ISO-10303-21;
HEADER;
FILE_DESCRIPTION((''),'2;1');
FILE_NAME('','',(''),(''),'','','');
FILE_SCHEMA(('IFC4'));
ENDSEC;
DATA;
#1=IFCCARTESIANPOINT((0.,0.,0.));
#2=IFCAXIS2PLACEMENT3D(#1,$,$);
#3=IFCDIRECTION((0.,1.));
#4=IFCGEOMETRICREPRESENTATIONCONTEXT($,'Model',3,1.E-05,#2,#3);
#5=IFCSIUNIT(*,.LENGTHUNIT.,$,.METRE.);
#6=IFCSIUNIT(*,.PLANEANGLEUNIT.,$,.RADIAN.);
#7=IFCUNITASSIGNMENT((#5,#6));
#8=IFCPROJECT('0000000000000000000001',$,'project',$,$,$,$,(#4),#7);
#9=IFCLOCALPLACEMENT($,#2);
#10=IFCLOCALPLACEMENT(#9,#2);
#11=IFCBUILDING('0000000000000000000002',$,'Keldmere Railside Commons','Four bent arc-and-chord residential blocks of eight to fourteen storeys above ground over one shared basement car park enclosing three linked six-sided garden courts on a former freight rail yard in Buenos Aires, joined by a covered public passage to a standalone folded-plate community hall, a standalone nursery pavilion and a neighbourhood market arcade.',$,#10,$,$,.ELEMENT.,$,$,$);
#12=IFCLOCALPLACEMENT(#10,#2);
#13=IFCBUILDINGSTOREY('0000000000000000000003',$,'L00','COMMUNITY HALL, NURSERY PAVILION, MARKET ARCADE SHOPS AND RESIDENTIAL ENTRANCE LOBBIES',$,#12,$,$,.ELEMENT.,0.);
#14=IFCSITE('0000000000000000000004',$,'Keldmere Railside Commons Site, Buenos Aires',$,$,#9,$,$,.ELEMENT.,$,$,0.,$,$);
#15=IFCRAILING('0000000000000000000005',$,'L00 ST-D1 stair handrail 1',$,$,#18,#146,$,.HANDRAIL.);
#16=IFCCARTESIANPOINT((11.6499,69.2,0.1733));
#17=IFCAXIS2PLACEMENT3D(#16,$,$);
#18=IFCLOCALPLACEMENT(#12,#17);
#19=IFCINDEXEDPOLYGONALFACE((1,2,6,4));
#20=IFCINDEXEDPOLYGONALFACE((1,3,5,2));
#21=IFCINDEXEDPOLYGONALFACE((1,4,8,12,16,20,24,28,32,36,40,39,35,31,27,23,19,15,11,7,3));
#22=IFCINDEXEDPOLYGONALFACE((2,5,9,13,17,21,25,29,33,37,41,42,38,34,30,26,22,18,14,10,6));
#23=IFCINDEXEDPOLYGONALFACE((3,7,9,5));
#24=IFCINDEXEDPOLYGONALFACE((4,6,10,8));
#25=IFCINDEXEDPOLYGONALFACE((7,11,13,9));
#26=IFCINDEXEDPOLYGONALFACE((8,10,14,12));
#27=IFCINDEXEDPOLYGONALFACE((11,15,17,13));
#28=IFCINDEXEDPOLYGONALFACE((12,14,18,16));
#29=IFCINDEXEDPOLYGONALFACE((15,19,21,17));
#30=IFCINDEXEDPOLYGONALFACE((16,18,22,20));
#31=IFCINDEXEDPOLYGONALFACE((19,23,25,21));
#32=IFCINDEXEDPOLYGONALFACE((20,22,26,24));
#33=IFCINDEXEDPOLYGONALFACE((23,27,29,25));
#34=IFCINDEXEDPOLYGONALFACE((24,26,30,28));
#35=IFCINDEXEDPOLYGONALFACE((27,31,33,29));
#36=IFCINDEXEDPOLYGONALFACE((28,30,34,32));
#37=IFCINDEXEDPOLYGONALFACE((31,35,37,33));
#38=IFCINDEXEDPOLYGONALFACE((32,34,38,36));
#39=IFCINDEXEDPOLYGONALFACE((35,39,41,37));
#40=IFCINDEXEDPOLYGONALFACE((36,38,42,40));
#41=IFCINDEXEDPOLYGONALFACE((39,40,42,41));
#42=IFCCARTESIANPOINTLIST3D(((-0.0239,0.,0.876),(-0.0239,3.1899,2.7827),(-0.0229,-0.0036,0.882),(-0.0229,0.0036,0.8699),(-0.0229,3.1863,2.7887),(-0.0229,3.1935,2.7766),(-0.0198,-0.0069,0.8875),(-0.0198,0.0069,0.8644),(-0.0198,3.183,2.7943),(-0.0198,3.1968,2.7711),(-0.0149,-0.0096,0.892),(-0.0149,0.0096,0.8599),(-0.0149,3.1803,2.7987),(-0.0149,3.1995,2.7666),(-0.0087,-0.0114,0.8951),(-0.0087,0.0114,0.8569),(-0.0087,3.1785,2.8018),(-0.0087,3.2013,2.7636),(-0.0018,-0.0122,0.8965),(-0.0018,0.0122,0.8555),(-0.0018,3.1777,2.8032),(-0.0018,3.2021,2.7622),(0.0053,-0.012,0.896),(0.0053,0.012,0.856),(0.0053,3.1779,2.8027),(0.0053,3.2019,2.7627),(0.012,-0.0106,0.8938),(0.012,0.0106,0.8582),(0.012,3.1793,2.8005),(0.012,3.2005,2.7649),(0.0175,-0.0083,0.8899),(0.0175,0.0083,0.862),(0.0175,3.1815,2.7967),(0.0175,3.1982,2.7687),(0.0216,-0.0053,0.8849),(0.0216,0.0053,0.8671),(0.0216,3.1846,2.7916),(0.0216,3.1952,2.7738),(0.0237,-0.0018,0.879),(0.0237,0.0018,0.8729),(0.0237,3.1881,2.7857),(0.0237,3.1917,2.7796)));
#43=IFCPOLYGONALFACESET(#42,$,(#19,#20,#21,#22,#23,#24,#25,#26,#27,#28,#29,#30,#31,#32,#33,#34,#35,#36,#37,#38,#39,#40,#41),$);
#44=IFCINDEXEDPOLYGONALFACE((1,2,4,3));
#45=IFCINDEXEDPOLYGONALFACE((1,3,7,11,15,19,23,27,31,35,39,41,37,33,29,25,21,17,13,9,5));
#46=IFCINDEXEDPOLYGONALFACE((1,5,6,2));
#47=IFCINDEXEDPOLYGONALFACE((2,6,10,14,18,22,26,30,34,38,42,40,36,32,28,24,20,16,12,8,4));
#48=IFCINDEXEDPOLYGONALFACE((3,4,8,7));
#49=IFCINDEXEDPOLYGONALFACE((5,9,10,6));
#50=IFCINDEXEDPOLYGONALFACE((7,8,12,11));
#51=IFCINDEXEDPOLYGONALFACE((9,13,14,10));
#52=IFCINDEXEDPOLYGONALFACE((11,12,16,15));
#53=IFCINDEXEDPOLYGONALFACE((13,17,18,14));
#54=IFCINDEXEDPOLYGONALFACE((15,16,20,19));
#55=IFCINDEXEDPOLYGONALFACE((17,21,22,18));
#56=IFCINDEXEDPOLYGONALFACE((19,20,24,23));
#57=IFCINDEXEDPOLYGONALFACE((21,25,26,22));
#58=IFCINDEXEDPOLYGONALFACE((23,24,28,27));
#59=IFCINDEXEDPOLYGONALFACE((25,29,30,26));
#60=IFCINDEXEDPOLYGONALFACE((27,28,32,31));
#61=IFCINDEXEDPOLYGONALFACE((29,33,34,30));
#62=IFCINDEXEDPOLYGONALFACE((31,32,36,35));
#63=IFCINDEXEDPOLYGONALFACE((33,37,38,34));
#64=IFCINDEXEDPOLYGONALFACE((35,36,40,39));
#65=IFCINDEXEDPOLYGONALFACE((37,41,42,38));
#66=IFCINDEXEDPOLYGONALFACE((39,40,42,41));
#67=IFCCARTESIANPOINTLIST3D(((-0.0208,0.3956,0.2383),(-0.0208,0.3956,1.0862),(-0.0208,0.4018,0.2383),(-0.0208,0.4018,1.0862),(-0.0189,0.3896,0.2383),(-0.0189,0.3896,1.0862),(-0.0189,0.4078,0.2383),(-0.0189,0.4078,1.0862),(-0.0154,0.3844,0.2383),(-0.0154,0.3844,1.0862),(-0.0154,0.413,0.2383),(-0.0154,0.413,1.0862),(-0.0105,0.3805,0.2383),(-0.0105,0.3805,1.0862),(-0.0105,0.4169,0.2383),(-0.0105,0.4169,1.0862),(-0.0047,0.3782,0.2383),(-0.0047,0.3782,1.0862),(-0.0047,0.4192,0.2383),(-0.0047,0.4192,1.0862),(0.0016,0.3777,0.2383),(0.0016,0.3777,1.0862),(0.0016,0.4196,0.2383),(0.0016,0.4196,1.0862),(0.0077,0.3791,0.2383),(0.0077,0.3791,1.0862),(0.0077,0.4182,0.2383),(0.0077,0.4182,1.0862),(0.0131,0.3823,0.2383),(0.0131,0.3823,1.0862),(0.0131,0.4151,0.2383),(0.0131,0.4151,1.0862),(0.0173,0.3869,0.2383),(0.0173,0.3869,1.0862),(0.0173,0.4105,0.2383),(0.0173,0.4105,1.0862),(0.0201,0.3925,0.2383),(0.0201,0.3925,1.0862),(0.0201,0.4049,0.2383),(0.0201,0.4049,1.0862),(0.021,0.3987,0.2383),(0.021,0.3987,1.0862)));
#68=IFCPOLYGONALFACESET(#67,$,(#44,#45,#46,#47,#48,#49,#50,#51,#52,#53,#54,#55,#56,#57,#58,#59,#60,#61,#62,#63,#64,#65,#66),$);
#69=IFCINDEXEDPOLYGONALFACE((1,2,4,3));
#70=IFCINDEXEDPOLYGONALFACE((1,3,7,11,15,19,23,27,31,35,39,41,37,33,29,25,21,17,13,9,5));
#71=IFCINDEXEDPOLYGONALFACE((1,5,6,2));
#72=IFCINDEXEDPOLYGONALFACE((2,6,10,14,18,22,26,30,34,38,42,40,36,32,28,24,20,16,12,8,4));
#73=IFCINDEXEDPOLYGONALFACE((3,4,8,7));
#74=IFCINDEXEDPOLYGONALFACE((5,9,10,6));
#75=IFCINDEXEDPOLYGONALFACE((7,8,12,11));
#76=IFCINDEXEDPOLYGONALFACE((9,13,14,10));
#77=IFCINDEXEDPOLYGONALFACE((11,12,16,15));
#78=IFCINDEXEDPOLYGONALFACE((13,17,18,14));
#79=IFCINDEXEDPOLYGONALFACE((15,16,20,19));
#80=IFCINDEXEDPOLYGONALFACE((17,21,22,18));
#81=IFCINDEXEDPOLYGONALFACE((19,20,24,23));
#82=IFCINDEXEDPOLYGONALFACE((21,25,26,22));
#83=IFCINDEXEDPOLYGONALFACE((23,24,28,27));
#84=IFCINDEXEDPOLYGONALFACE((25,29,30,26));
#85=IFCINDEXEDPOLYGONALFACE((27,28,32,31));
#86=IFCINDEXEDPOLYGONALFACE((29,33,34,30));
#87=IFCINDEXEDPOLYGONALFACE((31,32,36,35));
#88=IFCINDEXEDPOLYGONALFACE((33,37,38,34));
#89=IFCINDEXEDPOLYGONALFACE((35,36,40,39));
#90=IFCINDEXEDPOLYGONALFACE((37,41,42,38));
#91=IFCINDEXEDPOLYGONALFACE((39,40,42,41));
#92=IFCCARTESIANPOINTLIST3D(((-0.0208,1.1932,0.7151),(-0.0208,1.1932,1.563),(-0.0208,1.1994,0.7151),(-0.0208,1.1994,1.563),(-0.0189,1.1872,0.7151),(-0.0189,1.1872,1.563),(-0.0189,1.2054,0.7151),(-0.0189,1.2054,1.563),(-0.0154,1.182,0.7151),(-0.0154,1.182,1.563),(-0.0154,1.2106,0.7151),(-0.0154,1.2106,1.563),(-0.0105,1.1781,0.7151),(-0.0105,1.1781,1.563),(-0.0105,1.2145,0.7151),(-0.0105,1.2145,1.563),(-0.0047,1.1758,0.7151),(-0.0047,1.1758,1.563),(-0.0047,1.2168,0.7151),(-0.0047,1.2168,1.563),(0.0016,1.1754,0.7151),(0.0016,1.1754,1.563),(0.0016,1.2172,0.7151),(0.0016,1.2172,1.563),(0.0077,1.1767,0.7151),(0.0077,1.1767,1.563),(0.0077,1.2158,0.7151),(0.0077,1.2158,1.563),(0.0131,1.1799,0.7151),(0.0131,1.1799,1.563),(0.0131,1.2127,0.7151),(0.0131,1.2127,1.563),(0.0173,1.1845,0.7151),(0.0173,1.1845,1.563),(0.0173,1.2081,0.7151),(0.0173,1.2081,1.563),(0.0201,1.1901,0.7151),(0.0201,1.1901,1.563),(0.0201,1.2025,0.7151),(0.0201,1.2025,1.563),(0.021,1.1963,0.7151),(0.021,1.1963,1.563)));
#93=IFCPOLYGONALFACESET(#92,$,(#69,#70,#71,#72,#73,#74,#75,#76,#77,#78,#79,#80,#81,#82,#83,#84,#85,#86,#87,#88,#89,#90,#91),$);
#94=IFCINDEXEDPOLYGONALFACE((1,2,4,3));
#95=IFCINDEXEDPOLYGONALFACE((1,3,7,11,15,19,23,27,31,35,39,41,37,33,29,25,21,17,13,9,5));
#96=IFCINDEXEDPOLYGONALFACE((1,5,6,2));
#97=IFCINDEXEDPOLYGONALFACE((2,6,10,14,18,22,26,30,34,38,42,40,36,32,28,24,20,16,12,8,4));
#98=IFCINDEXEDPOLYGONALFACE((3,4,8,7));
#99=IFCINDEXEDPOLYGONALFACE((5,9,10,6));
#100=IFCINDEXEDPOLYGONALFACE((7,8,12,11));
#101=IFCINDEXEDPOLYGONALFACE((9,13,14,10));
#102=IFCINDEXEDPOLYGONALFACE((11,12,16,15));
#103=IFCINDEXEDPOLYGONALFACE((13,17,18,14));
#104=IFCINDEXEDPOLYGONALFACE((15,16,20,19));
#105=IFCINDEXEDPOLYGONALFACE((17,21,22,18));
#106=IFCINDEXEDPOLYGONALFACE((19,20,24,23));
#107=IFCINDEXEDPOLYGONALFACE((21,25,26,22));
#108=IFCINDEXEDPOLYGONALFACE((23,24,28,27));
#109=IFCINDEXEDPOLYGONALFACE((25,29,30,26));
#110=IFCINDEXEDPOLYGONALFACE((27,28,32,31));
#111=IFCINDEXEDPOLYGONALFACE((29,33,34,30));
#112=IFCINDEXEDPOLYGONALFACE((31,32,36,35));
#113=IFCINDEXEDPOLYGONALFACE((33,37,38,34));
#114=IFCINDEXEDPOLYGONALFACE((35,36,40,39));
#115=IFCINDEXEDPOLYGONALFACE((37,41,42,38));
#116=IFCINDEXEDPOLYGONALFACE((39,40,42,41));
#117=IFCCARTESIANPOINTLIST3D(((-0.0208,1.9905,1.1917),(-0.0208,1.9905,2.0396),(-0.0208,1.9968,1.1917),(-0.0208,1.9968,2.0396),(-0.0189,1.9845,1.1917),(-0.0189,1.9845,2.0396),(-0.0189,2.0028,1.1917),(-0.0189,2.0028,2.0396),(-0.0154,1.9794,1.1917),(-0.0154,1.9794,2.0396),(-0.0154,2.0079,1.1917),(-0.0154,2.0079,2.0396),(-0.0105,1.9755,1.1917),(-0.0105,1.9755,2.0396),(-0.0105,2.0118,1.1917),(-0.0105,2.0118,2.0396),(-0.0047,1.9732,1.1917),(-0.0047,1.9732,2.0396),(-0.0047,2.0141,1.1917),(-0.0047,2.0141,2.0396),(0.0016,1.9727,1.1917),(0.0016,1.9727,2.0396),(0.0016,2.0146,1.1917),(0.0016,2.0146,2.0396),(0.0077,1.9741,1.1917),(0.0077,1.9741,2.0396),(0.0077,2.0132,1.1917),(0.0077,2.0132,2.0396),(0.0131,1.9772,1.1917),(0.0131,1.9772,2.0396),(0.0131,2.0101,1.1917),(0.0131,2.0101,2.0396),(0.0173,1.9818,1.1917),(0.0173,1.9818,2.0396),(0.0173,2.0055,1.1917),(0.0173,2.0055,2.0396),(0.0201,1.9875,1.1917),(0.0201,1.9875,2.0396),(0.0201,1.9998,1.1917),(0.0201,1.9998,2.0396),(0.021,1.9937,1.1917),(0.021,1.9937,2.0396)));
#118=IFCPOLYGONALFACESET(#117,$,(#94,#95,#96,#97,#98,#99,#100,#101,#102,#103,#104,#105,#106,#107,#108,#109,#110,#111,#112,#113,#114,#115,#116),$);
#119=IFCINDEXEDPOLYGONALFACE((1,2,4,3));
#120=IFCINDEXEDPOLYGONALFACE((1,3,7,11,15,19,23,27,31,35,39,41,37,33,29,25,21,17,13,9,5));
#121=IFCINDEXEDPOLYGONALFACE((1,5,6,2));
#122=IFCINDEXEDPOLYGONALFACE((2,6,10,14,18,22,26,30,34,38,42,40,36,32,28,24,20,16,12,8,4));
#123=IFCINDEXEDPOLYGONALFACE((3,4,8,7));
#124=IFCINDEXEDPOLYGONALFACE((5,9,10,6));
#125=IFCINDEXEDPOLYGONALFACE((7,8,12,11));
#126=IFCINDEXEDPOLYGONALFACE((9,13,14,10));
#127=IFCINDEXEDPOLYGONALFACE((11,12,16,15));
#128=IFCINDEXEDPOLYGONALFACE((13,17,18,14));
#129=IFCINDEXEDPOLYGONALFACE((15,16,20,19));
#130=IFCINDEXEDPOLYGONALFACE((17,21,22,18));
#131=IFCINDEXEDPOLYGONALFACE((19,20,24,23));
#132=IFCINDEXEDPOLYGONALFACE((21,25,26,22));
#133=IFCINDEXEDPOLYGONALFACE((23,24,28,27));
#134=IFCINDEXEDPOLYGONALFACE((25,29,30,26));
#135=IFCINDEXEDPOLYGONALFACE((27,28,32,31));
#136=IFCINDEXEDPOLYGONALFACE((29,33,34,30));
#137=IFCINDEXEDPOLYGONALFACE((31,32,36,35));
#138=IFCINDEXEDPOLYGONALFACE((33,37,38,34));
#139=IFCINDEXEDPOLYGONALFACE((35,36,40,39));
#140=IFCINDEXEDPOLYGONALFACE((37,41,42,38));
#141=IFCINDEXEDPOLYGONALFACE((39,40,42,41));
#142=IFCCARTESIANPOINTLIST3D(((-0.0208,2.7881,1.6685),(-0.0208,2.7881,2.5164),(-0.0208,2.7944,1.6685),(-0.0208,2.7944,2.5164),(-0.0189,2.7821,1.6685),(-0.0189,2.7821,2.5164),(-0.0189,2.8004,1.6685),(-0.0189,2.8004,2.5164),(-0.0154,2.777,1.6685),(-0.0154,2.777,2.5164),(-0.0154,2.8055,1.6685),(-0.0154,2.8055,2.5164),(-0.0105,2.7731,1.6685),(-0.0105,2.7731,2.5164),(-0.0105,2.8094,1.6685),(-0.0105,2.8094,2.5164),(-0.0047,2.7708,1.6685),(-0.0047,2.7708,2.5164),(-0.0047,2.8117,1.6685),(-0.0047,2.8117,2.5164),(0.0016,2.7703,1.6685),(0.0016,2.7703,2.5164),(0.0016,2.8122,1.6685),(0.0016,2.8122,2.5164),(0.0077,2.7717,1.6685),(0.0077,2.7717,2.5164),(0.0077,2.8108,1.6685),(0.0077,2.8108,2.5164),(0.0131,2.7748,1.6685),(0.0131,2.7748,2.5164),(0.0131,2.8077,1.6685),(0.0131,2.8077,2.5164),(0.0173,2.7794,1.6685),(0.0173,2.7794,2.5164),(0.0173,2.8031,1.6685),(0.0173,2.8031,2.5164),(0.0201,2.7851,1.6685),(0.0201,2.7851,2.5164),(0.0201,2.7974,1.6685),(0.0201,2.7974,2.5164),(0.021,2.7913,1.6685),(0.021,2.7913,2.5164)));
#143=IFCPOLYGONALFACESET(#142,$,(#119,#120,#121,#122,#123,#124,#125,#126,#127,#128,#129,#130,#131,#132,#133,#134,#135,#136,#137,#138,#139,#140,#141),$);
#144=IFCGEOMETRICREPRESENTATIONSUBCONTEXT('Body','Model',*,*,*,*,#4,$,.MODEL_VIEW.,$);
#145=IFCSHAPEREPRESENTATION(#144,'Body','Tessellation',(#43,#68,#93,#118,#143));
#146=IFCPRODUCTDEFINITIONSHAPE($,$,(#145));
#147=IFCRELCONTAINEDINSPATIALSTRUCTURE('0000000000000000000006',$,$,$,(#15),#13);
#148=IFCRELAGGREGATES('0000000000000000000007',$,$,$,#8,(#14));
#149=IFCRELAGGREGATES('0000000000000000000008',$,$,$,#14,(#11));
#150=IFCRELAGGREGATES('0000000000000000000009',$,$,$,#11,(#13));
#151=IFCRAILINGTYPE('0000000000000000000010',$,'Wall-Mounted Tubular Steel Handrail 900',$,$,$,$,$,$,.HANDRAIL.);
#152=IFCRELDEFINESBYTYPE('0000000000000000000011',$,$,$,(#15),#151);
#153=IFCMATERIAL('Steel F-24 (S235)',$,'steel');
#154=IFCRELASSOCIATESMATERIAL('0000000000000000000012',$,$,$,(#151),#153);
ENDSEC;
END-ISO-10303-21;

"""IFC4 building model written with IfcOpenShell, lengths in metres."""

from ifc_helpers import new_model, si_unit, direction, frame, origin, origin_2d, place, context, subcontext, project, spatial, circle, extrude, material, type_object, element, save


model = new_model("IFC4")

# Units and contexts
model_context = context("Model", 3, precision=1e-05, world=origin(), true_north=direction((0.0, 1.0)))
body_context = subcontext(model_context, "Body", "Model", "MODEL_VIEW")
ifc_project = project(units=[si_unit("LENGTHUNIT", "METRE"), si_unit("PLANEANGLEUNIT", "RADIAN")], contexts=[model_context])

# Site, building, storey
site_placement = place(None, origin())
site = spatial("IfcSite", under=ifc_project, at=site_placement, Name="Keldmere Railside Commons Site, Buenos Aires", CompositionType="ELEMENT", RefElevation=0.0)
building_placement = place(site_placement, origin())
building = spatial("IfcBuilding", under=site, at=building_placement, Name="Keldmere Railside Commons", Description="Four bent arc-and-chord residential blocks of eight to fourteen storeys above ground over one shared basement car park enclosing three linked six-sided garden courts on a former freight rail yard in Buenos Aires, joined by a covered public passage to a standalone folded-plate community hall, a standalone nursery pavilion and a neighbourhood market arcade.", CompositionType="ELEMENT")
storey_placement = place(building_placement, origin())
storey = spatial("IfcBuildingStorey", under=building, at=storey_placement, Name="L00", Description="COMMUNITY HALL, NURSERY PAVILION, MARKET ARCADE SHOPS AND RESIDENTIAL ENTRANCE LOBBIES", CompositionType="ELEMENT", Elevation=0.0)

# Shared definitions
ifc_material_1 = material(Name="Steel F-24 (S235)", Category="steel")

# Railing
railing_type_1 = type_object("IfcRailingType", Name="Wall-Mounted Tubular Steel Handrail 900", PredefinedType="HANDRAIL", material=ifc_material_1)
railing_1_placement = place(storey_placement, frame((11.6499, 69.2, 0.1733)))
element("IfcRailing", 1, at=railing_1_placement, inside=storey, type_object=railing_type_1, Name="L00 ST-D1 stair handrail 1", PredefinedType="HANDRAIL", context=body_context, shape_type="SweptSolid", body=[
    extrude(circle(Radius=0.0239, at=origin_2d()), frame((0.0, 0.0, 0.876), z_axis=(0.0, 0.85835, 0.513065), x_axis=(-1.0, 0.0, 0.0)), (0.0, 0.0, 1.0), 3.7163),
    extrude(circle(Radius=0.021, at=origin_2d()), frame((0.0, 0.3987, 0.2383)), (0.0, 0.0, 1.0), 0.8479),
    extrude(circle(Radius=0.021, at=origin_2d()), frame((0.0, 1.1963, 0.7151)), (0.0, 0.0, 1.0), 0.8479),
    extrude(circle(Radius=0.021, at=origin_2d()), frame((0.0, 1.9937, 1.1917)), (0.0, 0.0, 1.0), 0.8479),
    extrude(circle(Radius=0.021, at=origin_2d()), frame((0.0, 2.7913, 1.6685)), (0.0, 0.0, 1.0), 0.8479),
])

save(model, "model.ifc")
